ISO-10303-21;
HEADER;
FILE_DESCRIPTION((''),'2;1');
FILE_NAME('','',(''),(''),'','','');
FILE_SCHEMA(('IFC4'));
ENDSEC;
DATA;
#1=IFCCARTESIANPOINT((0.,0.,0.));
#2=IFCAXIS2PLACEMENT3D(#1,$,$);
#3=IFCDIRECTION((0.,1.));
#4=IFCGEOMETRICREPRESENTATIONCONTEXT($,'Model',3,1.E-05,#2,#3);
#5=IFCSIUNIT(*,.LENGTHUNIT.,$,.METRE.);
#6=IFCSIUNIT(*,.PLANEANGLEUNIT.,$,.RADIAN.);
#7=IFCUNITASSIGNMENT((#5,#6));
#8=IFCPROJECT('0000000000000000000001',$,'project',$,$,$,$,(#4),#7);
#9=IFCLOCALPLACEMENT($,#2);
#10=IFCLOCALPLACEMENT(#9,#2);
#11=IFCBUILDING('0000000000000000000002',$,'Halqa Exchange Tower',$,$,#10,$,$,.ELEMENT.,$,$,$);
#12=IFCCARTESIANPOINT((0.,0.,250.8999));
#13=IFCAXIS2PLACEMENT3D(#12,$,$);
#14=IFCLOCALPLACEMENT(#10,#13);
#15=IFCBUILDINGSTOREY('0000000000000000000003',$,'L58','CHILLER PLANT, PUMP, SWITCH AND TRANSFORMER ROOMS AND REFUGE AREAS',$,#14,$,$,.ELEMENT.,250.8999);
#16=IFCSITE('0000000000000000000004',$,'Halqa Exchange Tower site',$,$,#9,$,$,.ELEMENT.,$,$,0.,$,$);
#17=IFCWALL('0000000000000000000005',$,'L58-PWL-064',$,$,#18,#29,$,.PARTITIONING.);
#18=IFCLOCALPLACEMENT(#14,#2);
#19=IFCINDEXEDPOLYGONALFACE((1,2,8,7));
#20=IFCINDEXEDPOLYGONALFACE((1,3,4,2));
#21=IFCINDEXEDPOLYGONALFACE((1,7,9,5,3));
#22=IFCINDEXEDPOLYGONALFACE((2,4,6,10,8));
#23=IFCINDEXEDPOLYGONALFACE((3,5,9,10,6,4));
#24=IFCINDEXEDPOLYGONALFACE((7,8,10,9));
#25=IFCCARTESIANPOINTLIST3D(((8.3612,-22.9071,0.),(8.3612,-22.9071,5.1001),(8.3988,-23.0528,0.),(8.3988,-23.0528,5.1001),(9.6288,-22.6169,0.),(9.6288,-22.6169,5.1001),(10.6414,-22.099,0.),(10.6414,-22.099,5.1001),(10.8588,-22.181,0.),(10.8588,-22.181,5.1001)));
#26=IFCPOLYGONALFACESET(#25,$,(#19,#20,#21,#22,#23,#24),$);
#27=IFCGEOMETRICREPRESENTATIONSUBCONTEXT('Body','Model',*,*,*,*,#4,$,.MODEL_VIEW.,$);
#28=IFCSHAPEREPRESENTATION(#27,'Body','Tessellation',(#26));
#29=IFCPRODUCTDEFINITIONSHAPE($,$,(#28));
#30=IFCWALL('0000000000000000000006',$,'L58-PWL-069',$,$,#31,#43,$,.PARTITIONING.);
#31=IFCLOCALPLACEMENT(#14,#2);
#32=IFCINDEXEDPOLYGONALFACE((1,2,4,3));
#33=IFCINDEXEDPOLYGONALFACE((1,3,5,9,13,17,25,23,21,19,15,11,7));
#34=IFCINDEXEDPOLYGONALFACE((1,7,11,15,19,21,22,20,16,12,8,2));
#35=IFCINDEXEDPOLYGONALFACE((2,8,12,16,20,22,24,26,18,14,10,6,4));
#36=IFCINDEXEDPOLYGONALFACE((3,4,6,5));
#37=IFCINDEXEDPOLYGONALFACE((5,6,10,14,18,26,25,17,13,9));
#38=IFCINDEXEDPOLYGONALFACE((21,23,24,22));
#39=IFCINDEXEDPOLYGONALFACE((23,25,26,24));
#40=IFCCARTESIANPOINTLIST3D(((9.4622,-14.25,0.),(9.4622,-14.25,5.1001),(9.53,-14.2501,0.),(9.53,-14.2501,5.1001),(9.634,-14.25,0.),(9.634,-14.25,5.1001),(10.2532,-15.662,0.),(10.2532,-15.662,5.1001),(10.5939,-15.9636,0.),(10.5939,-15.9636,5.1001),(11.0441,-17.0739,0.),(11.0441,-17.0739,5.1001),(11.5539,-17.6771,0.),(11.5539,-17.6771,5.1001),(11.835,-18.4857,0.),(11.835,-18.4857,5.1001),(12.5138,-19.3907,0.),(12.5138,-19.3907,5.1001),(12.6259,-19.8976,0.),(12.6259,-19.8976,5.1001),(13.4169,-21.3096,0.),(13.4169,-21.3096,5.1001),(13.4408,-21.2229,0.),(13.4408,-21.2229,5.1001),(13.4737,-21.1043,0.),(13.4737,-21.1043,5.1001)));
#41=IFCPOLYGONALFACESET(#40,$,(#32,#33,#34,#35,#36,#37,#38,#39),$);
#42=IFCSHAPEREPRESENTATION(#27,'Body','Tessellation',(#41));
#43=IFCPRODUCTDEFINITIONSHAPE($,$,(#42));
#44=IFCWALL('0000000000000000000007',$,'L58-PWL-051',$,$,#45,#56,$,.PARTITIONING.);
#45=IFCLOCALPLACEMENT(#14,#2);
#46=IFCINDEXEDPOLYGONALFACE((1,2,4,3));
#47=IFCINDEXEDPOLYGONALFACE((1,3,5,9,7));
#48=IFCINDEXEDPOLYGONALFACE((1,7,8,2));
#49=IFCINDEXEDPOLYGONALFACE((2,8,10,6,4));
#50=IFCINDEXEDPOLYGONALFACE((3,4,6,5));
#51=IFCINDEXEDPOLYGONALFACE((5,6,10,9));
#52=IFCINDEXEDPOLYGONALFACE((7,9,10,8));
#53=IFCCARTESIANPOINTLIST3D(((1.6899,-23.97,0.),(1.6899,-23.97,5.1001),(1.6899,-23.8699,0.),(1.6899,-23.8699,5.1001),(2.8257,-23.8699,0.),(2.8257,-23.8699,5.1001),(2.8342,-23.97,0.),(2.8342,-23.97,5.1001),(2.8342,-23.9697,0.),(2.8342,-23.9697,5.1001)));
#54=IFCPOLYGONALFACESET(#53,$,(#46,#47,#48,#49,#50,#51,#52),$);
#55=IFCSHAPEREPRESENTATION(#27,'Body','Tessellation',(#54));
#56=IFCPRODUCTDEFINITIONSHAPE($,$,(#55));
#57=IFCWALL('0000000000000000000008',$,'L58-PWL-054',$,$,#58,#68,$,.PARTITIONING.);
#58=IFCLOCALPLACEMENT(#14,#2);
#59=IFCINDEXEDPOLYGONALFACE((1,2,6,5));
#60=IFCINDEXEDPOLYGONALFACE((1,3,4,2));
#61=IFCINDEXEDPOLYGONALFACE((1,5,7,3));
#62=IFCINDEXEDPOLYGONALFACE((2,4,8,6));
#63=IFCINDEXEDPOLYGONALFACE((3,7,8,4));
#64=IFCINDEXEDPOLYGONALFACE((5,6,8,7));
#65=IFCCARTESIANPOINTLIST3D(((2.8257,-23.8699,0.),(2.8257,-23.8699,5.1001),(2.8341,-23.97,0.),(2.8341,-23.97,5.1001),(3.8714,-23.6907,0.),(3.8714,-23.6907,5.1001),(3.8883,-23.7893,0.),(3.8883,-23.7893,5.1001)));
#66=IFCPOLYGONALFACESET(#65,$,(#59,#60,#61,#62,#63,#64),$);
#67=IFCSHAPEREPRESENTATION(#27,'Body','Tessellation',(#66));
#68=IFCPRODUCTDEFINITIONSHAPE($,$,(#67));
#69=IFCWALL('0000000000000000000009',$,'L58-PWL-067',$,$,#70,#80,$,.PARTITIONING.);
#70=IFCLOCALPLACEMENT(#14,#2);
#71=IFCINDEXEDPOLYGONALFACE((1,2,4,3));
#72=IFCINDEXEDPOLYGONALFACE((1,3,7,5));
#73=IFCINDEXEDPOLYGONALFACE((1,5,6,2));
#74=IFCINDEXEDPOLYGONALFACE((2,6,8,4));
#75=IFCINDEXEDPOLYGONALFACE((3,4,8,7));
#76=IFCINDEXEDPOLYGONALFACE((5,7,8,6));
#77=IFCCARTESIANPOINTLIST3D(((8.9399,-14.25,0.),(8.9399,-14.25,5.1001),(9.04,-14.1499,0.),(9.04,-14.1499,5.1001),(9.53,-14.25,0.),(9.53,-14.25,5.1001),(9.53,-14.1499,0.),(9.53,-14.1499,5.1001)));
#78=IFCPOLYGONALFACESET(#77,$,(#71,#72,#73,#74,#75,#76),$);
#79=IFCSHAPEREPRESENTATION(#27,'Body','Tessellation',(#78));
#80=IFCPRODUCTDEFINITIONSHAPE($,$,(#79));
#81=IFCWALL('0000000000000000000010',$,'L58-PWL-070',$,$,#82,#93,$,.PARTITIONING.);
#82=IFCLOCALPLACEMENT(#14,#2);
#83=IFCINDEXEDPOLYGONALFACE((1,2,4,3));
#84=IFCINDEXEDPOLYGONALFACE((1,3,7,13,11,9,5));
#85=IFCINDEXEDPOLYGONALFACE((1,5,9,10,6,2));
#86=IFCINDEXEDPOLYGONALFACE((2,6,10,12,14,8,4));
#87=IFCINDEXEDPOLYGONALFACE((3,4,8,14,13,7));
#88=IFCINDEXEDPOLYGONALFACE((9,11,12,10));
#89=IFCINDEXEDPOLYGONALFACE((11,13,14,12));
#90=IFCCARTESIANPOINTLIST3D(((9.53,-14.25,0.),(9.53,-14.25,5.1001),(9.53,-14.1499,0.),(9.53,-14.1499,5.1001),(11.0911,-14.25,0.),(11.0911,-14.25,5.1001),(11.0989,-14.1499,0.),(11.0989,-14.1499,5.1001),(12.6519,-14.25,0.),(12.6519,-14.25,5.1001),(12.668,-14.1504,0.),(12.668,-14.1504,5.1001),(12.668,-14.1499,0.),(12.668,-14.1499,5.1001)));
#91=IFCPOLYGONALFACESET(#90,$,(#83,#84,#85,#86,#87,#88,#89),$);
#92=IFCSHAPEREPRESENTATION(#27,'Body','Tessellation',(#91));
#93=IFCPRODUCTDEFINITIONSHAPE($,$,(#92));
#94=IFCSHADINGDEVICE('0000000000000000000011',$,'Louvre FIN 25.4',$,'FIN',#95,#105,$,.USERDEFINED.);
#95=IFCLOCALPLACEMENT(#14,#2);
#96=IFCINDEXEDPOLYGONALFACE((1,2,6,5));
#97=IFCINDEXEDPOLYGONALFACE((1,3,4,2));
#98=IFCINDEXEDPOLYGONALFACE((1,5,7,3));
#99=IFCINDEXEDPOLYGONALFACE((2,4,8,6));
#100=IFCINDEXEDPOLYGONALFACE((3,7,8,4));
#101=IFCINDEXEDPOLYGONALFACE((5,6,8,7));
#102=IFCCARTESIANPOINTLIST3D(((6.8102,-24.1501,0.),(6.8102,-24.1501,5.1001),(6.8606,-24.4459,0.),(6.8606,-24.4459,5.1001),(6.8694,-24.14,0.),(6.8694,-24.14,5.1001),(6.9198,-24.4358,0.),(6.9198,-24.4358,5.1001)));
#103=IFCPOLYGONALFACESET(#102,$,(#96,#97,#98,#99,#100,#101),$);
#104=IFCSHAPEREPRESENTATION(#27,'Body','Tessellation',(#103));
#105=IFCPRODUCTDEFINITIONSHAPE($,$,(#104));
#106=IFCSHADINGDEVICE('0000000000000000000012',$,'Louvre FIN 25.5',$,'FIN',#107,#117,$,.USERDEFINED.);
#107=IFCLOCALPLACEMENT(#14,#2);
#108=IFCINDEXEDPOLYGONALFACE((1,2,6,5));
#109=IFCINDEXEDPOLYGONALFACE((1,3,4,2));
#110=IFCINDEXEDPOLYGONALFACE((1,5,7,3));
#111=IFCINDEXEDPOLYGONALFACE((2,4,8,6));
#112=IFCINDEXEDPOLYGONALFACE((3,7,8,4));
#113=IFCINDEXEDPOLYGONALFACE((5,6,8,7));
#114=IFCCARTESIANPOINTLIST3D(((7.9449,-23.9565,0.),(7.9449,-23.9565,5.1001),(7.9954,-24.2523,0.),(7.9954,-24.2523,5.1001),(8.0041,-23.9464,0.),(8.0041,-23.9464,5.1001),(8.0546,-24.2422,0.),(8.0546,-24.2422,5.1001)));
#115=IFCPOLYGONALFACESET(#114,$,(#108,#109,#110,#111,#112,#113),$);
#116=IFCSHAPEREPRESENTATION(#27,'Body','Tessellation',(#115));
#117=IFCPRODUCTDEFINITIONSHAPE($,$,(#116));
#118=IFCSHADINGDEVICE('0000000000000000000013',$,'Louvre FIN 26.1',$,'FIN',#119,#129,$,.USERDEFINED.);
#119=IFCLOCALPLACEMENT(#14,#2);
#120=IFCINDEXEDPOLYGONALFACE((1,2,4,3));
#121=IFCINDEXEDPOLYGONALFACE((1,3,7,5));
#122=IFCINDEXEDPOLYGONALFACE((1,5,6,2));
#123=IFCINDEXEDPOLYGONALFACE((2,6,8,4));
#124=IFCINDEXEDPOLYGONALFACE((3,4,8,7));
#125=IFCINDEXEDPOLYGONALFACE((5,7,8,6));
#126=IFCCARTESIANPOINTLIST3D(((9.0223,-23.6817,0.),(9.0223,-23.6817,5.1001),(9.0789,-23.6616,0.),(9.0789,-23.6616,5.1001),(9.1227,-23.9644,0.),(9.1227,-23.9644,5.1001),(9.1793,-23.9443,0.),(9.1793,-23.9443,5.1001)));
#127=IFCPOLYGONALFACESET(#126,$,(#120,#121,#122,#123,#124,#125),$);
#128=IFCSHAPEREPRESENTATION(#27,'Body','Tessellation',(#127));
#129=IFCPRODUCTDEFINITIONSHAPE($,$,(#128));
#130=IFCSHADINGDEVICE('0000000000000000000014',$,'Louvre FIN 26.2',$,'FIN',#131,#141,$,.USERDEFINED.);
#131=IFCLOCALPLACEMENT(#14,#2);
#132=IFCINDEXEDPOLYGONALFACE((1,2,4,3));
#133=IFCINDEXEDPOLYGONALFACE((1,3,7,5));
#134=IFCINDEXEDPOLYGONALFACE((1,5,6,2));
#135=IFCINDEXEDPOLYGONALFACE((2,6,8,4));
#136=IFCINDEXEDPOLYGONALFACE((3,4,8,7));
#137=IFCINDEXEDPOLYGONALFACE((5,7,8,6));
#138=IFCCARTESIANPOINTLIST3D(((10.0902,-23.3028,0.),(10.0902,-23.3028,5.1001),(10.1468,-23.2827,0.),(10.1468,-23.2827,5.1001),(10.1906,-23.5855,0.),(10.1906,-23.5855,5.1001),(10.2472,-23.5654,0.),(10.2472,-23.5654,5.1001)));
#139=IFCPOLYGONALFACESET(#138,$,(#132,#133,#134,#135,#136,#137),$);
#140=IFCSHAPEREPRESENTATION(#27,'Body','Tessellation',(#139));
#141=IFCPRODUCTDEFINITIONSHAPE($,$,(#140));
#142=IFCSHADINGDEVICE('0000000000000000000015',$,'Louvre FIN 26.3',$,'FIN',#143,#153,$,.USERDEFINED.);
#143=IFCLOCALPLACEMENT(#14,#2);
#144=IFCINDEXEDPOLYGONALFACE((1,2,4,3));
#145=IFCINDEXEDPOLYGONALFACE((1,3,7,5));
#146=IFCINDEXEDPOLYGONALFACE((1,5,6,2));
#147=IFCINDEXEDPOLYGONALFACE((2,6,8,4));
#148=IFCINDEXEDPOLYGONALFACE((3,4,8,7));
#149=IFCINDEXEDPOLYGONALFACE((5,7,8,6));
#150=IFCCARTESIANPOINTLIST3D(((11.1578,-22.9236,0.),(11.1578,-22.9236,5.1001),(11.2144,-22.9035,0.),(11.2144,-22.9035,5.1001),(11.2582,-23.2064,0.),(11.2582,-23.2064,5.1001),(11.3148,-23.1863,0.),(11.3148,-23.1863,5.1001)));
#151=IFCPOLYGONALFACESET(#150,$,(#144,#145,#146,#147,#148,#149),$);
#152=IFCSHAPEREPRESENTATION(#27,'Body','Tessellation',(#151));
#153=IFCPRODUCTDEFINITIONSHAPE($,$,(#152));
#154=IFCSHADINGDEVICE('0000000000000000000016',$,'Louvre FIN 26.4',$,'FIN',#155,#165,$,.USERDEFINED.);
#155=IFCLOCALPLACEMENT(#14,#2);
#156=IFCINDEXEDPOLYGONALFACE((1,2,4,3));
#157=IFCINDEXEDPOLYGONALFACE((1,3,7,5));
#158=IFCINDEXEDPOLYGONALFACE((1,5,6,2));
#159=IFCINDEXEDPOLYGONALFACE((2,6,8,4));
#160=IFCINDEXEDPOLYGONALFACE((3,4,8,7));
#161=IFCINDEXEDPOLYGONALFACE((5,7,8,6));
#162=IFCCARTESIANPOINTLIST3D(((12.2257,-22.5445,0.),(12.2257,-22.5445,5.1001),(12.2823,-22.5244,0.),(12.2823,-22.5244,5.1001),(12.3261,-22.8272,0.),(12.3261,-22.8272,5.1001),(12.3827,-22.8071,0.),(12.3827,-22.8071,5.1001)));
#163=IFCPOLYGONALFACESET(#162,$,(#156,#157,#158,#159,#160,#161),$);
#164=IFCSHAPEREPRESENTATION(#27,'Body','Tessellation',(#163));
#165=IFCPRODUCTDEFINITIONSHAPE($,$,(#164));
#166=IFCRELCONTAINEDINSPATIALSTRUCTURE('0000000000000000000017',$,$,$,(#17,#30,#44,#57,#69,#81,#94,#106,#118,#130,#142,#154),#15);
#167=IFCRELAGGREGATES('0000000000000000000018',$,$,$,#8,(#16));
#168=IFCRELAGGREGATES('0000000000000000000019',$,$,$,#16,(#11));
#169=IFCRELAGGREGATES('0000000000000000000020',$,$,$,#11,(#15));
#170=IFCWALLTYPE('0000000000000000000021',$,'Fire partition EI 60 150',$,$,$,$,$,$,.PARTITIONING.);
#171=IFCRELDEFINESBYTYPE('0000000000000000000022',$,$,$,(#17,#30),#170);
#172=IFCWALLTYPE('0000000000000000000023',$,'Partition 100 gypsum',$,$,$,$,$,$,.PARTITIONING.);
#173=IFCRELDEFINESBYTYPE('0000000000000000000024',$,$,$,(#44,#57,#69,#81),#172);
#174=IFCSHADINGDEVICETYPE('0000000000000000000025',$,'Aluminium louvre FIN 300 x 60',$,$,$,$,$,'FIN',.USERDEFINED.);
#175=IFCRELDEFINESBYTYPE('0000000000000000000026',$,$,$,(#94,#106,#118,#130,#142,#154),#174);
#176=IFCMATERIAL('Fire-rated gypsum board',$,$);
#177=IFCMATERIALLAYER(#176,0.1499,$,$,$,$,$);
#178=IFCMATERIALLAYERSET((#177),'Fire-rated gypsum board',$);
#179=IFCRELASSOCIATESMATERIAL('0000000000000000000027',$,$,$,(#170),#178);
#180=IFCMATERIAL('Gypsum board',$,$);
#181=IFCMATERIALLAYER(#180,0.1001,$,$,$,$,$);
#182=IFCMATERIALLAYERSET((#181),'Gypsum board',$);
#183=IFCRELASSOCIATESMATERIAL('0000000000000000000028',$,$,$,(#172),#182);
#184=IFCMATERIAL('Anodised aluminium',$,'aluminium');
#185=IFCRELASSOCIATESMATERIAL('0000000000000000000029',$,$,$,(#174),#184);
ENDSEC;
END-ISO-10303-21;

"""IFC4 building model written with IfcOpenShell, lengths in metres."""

from ifc_helpers import new_model, si_unit, direction, frame, origin, origin_2d, place, context, subcontext, project, spatial, polyline, rectangle, outline, extrude, material, layer, layer_set, material_profile, profile_set, type_object, element, save


model = new_model("IFC4")

# Units and contexts
model_context = context("Model", 3, precision=1e-05, world=origin(), true_north=direction((0.0, 1.0)))
body_context = subcontext(model_context, "Body", "Model", "MODEL_VIEW")
ifc_project = project(units=[si_unit("LENGTHUNIT", "METRE"), si_unit("PLANEANGLEUNIT", "RADIAN")], contexts=[model_context])

# Site, building, storey
site_placement = place(None, origin())
site = spatial("IfcSite", under=ifc_project, at=site_placement, Name="Halqa Exchange Tower site", CompositionType="ELEMENT", RefElevation=0.0)
building_placement = place(site_placement, origin())
building = spatial("IfcBuilding", under=site, at=building_placement, Name="Halqa Exchange Tower", CompositionType="ELEMENT")
storey_placement = place(building_placement, frame((0.0, 0.0, 250.8999)))
storey = spatial("IfcBuildingStorey", under=building, at=storey_placement, Name="L58", Description="CHILLER PLANT, PUMP, SWITCH AND TRANSFORMER ROOMS AND REFUGE AREAS", CompositionType="ELEMENT", Elevation=250.8999)

# Shared definitions
ifc_material_1 = material(Name="Fire-rated gypsum board")
ifc_layer_1 = layer(ifc_material_1, 0.1499)
ifc_layer_set_1 = layer_set([ifc_layer_1], Name="Fire-rated gypsum board")
wall_type_1 = type_object("IfcWallType", Name="Fire partition EI 60 150", PredefinedType="PARTITIONING", material=ifc_layer_set_1)

# Walls
wall_1_placement = place(storey_placement, frame((8.3738, -22.9822, 0.0), z_axis=(0.0, 0.0, 1.0), x_axis=(0.942556, 0.334048, 0.0)))
element("IfcWall", 1, at=wall_1_placement, inside=storey, type_object=wall_type_1, Name="L58-PWL-064", PredefinedType="PARTITIONING", context=body_context, shape_type="SweptSolid", body=[
    extrude(outline(polyline([(0.0, -0.075), (1.3049, -0.075), (2.6099, -0.075), (2.4324, 0.075), (0.0132, 0.075), (0.0, -0.075)])), origin(), (0.0, 0.0, 1.0), 5.1001),
])
wall_2_placement = place(storey_placement, frame((9.5276, -14.2134, 0.0), z_axis=(0.0, 0.0, 1.0), x_axis=(0.488729, -0.872436, 0.0)))
element("IfcWall", 2, at=wall_2_placement, inside=storey, type_object=wall_type_1, Name="L58-PWL-069", PredefinedType="PARTITIONING", context=body_context, shape_type="SweptSolid", body=[
    extrude(outline(polyline([(0.0, -0.075), (1.6184, -0.075), (3.2368, -0.075), (4.855, -0.075), (6.4734, -0.075), (8.0918, -0.075), (8.0278, -0.0117), (7.9404, 0.075), (5.9763, 0.075), (4.0122, 0.075), (2.0481, 0.075), (0.084, 0.075), (0.0332, -0.0159), (0.0, -0.075), (0.0, -0.075)])), origin(), (0.0, 0.0, 1.0), 5.1001),
])
ifc_material_2 = material(Name="Gypsum board")
ifc_layer_2 = layer(ifc_material_2, 0.1001)
ifc_layer_set_2 = layer_set([ifc_layer_2], Name="Gypsum board")
wall_type_2 = type_object("IfcWallType", Name="Partition 100 gypsum", PredefinedType="PARTITIONING", material=ifc_layer_set_2)
wall_3_placement = place(storey_placement, frame((1.6899, -23.9199, 0.0), z_axis=(0.0, 0.0, 1.0), x_axis=(1.0, 0.0, 0.0)))
element("IfcWall", 3, at=wall_3_placement, inside=storey, type_object=wall_type_2, Name="L58-PWL-051", PredefinedType="PARTITIONING", context=body_context, shape_type="SweptSolid", body=[
    extrude(outline(polyline([(1.1443, -0.05), (1.1443, -0.0498), (1.1357, 0.05), (0.0, 0.05), (0.0, -0.05), (1.1443, -0.05)])), origin(), (0.0, 0.0, 1.0), 5.1001),
])
wall_4_placement = place(storey_placement, frame((2.8257, -23.9207, 0.0), z_axis=(0.0, 0.0, 1.0), x_axis=(0.985631, 0.168913, 0.0)))
element("IfcWall", 4, at=wall_4_placement, inside=storey, type_object=wall_type_2, Name="L58-PWL-054", PredefinedType="PARTITIONING", context=body_context, shape_type="SweptSolid", body=[
    extrude(outline(polyline([(1.0696, 0.05), (0.0085, 0.05), (0.0, -0.05), (1.0696, -0.05), (1.0696, 0.05)])), origin(), (0.0, 0.0, 1.0), 5.1001),
])
wall_5_placement = place(storey_placement, frame((8.9399, -14.2, 0.0), z_axis=(0.0, 0.0, 1.0), x_axis=(1.0, 0.0, 0.0)))
element("IfcWall", 5, at=wall_5_placement, inside=storey, type_object=wall_type_2, Name="L58-PWL-067", PredefinedType="PARTITIONING", context=body_context, shape_type="SweptSolid", body=[
    extrude(outline(polyline([(0.0, -0.05), (0.5901, -0.05), (0.5901, 0.05), (0.5901, 0.05), (0.5901, 0.05), (0.1001, 0.05), (0.0, -0.05)])), origin(), (0.0, 0.0, 1.0), 5.1001),
])
wall_6_placement = place(storey_placement, frame((9.53, -14.2, 0.0), z_axis=(0.0, 0.0, 1.0), x_axis=(1.0, 0.0, 0.0)))
element("IfcWall", 6, at=wall_6_placement, inside=storey, type_object=wall_type_2, Name="L58-PWL-070", PredefinedType="PARTITIONING", context=body_context, shape_type="SweptSolid", body=[
    extrude(outline(polyline([(0.0, -0.05), (1.561, -0.05), (3.1218, -0.05), (3.1379, 0.0496), (3.1379, 0.05), (1.5688, 0.05), (0.0, 0.05), (0.0, -0.05)])), origin(), (0.0, 0.0, 1.0), 5.1001),
])

# Shading devices
ifc_material_3 = material(Name="Anodised aluminium", Category="aluminium")
ifc_material_profile_1 = material_profile(ifc_material_3, rectangle(XDim=0.3, YDim=0.0601, at=origin_2d()), Name="AL FIN 300x60")
ifc_profile_set_1 = profile_set([ifc_material_profile_1], Name="Anodised aluminium")
shading_device_type = type_object("IfcShadingDeviceType", Name="Aluminium louvre FIN 300 x 60", ElementType="FIN", PredefinedType="USERDEFINED", material=ifc_profile_set_1)
for number, where, z_axis, x_axis, name in (
    (7, (6.865, -24.293, 0.0), (0.0, 0.0, 1.0), (-0.168066, 0.985776, 0.0), "Louvre FIN 25.4"),
    (8, (7.9998, -24.0994, 0.0), (0.0, 0.0, 1.0), (-0.168066, 0.985776, 0.0), "Louvre FIN 25.5"),
    (9, (9.1008, -23.813, 0.0), (0.0, 0.0, 1.0), (-0.334578, 0.942368, 0.0), "Louvre FIN 26.1"),
    (10, (10.1687, -23.4341, 0.0), (0.0, 0.0, 1.0), (-0.334578, 0.942368, 0.0), "Louvre FIN 26.2"),
    (11, (11.2363, -23.0549, 0.0), (0.0, 0.0, 1.0), (-0.334578, 0.942368, 0.0), "Louvre FIN 26.3"),
    (12, (12.3042, -22.6758, 0.0), (0.0, 0.0, 1.0), (-0.334578, 0.942368, 0.0), "Louvre FIN 26.4"),
):
    element("IfcShadingDevice", number, at=place(storey_placement, frame(where, z_axis=z_axis, x_axis=x_axis)), inside=storey, type_object=shading_device_type, Name=name, ObjectType="FIN", PredefinedType="USERDEFINED", context=body_context, shape_type="SweptSolid", body=[
        extrude(rectangle(XDim=0.3, YDim=0.0601, at=origin_2d()), origin(), (0.0, 0.0, 1.0), 5.1001),
    ])

save(model, "model.ifc")
